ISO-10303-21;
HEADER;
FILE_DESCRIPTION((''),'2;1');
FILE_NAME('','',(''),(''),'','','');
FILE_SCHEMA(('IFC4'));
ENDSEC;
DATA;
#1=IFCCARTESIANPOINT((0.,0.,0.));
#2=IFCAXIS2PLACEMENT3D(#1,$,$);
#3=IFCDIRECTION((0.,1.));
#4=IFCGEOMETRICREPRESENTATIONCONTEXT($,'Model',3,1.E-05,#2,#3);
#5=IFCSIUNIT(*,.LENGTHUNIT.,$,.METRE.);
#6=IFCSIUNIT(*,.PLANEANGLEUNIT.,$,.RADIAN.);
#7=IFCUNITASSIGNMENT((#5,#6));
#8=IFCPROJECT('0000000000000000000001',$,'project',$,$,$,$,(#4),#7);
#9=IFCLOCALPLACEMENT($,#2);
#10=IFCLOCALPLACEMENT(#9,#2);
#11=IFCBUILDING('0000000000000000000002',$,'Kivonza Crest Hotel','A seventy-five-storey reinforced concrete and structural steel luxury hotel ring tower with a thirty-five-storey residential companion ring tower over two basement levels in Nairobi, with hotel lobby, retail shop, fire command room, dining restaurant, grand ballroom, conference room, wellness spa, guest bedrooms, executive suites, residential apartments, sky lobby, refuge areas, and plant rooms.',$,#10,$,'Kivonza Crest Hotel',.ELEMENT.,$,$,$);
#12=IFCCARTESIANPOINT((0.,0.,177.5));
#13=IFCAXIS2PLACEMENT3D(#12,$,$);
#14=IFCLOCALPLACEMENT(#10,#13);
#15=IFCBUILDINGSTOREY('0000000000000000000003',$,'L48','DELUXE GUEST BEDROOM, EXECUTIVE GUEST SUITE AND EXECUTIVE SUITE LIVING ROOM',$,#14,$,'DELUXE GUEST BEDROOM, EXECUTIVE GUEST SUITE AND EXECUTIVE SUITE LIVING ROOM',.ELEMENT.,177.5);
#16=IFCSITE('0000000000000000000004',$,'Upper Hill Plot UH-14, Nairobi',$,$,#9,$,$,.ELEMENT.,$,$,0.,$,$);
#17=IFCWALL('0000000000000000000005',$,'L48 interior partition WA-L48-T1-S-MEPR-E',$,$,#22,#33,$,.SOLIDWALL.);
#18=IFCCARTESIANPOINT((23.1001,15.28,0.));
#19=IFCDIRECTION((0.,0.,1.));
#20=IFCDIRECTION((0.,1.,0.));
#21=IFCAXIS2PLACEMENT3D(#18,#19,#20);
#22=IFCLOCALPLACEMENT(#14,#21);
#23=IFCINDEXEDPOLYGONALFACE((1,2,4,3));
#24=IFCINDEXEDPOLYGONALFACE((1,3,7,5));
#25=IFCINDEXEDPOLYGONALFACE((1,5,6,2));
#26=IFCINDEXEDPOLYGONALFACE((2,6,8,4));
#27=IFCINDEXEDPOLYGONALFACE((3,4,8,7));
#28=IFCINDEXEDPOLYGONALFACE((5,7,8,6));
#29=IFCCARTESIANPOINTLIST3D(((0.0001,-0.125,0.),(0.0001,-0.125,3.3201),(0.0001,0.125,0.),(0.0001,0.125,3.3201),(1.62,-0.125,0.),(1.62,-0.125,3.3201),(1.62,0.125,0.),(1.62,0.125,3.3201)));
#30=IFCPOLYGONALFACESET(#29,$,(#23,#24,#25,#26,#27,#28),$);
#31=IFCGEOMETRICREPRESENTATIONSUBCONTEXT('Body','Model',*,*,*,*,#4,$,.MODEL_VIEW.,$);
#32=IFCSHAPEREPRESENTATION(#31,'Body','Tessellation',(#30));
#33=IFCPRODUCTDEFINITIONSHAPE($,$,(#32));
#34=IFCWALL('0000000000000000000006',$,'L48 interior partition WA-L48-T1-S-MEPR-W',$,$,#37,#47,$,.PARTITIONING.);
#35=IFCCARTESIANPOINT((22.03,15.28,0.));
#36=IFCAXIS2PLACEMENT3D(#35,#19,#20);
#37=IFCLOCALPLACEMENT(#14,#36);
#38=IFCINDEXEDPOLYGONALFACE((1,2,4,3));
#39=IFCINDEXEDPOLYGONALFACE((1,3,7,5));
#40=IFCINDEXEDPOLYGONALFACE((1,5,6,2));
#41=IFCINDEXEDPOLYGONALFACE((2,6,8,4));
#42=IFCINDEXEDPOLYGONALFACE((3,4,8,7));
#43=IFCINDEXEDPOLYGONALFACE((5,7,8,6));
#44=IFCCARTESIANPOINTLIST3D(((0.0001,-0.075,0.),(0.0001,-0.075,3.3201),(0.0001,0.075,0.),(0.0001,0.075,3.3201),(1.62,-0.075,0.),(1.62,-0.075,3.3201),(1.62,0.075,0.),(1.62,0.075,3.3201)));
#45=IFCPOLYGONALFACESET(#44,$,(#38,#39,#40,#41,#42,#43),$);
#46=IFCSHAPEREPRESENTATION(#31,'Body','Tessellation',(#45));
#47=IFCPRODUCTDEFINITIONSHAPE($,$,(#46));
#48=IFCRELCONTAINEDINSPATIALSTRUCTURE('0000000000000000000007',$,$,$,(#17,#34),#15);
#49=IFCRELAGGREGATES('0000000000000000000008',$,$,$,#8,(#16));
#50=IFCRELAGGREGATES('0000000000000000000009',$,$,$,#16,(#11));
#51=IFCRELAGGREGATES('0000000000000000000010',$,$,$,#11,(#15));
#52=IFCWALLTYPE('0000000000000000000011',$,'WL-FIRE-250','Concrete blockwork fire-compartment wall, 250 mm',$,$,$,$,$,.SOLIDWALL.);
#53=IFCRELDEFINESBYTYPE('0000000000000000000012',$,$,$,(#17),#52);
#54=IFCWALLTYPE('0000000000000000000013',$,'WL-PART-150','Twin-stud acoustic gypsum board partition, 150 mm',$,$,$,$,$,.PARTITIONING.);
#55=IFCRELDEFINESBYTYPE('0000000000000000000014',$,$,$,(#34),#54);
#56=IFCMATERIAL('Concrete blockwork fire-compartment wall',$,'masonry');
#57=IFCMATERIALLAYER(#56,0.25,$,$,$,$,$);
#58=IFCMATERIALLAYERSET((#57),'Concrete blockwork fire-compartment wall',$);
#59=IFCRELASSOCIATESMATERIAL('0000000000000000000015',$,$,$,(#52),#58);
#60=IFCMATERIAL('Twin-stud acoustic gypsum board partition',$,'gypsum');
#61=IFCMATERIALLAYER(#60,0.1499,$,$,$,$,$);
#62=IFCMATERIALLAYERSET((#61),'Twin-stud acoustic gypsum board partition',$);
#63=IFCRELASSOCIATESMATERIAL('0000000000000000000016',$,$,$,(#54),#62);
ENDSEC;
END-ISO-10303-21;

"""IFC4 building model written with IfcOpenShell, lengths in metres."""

from ifc_helpers import new_model, si_unit, direction, frame, frame_2d, origin, place, context, subcontext, project, spatial, rectangle, extrude, material, layer, layer_set, type_object, element, save


model = new_model("IFC4")

# Units and contexts
model_context = context("Model", 3, precision=1e-05, world=origin(), true_north=direction((0.0, 1.0)))
body_context = subcontext(model_context, "Body", "Model", "MODEL_VIEW")
ifc_project = project(units=[si_unit("LENGTHUNIT", "METRE"), si_unit("PLANEANGLEUNIT", "RADIAN")], contexts=[model_context])

# Site, building, storey
site_placement = place(None, origin())
site = spatial("IfcSite", under=ifc_project, at=site_placement, Name="Upper Hill Plot UH-14, Nairobi", CompositionType="ELEMENT", RefElevation=0.0)
building_placement = place(site_placement, origin())
building = spatial("IfcBuilding", under=site, at=building_placement, Name="Kivonza Crest Hotel", Description="A seventy-five-storey reinforced concrete and structural steel luxury hotel ring tower with a thirty-five-storey residential companion ring tower over two basement levels in Nairobi, with hotel lobby, retail shop, fire command room, dining restaurant, grand ballroom, conference room, wellness spa, guest bedrooms, executive suites, residential apartments, sky lobby, refuge areas, and plant rooms.", LongName="Kivonza Crest Hotel", CompositionType="ELEMENT")
storey_placement = place(building_placement, frame((0.0, 0.0, 177.5)))
storey = spatial("IfcBuildingStorey", under=building, at=storey_placement, Name="L48", Description="DELUXE GUEST BEDROOM, EXECUTIVE GUEST SUITE AND EXECUTIVE SUITE LIVING ROOM", LongName="DELUXE GUEST BEDROOM, EXECUTIVE GUEST SUITE AND EXECUTIVE SUITE LIVING ROOM", CompositionType="ELEMENT", Elevation=177.5)

# Walls
ifc_material_1 = material(Name="Concrete blockwork fire-compartment wall", Category="masonry")
ifc_layer_1 = layer(ifc_material_1, 0.25)
ifc_layer_set_1 = layer_set([ifc_layer_1], Name="Concrete blockwork fire-compartment wall")
wall_type_1 = type_object("IfcWallType", Name="WL-FIRE-250", Description="Concrete blockwork fire-compartment wall, 250 mm", PredefinedType="SOLIDWALL", material=ifc_layer_set_1)
wall_1_placement = place(storey_placement, frame((23.1001, 15.28, 0.0), z_axis=(0.0, 0.0, 1.0), x_axis=(0.0, 1.0, 0.0)))
element("IfcWall", 1, at=wall_1_placement, inside=storey, type_object=wall_type_1, Name="L48 interior partition WA-L48-T1-S-MEPR-E", PredefinedType="SOLIDWALL", context=body_context, shape_type="SweptSolid", body=[
    extrude(rectangle(XDim=1.6199, YDim=0.25, at=frame_2d((0.8101, 0.0))), origin(), (0.0, 0.0, 1.0), 3.3201),
])
ifc_material_2 = material(Name="Twin-stud acoustic gypsum board partition", Category="gypsum")
ifc_layer_2 = layer(ifc_material_2, 0.1499)
ifc_layer_set_2 = layer_set([ifc_layer_2], Name="Twin-stud acoustic gypsum board partition")
wall_type_2 = type_object("IfcWallType", Name="WL-PART-150", Description="Twin-stud acoustic gypsum board partition, 150 mm", PredefinedType="PARTITIONING", material=ifc_layer_set_2)
wall_2_placement = place(storey_placement, frame((22.03, 15.28, 0.0), z_axis=(0.0, 0.0, 1.0), x_axis=(0.0, 1.0, 0.0)))
element("IfcWall", 2, at=wall_2_placement, inside=storey, type_object=wall_type_2, Name="L48 interior partition WA-L48-T1-S-MEPR-W", PredefinedType="PARTITIONING", context=body_context, shape_type="SweptSolid", body=[
    extrude(rectangle(XDim=1.6199, YDim=0.1499, at=frame_2d((0.8101, 0.0))), origin(), (0.0, 0.0, 1.0), 3.3201),
])

save(model, "model.ifc")
